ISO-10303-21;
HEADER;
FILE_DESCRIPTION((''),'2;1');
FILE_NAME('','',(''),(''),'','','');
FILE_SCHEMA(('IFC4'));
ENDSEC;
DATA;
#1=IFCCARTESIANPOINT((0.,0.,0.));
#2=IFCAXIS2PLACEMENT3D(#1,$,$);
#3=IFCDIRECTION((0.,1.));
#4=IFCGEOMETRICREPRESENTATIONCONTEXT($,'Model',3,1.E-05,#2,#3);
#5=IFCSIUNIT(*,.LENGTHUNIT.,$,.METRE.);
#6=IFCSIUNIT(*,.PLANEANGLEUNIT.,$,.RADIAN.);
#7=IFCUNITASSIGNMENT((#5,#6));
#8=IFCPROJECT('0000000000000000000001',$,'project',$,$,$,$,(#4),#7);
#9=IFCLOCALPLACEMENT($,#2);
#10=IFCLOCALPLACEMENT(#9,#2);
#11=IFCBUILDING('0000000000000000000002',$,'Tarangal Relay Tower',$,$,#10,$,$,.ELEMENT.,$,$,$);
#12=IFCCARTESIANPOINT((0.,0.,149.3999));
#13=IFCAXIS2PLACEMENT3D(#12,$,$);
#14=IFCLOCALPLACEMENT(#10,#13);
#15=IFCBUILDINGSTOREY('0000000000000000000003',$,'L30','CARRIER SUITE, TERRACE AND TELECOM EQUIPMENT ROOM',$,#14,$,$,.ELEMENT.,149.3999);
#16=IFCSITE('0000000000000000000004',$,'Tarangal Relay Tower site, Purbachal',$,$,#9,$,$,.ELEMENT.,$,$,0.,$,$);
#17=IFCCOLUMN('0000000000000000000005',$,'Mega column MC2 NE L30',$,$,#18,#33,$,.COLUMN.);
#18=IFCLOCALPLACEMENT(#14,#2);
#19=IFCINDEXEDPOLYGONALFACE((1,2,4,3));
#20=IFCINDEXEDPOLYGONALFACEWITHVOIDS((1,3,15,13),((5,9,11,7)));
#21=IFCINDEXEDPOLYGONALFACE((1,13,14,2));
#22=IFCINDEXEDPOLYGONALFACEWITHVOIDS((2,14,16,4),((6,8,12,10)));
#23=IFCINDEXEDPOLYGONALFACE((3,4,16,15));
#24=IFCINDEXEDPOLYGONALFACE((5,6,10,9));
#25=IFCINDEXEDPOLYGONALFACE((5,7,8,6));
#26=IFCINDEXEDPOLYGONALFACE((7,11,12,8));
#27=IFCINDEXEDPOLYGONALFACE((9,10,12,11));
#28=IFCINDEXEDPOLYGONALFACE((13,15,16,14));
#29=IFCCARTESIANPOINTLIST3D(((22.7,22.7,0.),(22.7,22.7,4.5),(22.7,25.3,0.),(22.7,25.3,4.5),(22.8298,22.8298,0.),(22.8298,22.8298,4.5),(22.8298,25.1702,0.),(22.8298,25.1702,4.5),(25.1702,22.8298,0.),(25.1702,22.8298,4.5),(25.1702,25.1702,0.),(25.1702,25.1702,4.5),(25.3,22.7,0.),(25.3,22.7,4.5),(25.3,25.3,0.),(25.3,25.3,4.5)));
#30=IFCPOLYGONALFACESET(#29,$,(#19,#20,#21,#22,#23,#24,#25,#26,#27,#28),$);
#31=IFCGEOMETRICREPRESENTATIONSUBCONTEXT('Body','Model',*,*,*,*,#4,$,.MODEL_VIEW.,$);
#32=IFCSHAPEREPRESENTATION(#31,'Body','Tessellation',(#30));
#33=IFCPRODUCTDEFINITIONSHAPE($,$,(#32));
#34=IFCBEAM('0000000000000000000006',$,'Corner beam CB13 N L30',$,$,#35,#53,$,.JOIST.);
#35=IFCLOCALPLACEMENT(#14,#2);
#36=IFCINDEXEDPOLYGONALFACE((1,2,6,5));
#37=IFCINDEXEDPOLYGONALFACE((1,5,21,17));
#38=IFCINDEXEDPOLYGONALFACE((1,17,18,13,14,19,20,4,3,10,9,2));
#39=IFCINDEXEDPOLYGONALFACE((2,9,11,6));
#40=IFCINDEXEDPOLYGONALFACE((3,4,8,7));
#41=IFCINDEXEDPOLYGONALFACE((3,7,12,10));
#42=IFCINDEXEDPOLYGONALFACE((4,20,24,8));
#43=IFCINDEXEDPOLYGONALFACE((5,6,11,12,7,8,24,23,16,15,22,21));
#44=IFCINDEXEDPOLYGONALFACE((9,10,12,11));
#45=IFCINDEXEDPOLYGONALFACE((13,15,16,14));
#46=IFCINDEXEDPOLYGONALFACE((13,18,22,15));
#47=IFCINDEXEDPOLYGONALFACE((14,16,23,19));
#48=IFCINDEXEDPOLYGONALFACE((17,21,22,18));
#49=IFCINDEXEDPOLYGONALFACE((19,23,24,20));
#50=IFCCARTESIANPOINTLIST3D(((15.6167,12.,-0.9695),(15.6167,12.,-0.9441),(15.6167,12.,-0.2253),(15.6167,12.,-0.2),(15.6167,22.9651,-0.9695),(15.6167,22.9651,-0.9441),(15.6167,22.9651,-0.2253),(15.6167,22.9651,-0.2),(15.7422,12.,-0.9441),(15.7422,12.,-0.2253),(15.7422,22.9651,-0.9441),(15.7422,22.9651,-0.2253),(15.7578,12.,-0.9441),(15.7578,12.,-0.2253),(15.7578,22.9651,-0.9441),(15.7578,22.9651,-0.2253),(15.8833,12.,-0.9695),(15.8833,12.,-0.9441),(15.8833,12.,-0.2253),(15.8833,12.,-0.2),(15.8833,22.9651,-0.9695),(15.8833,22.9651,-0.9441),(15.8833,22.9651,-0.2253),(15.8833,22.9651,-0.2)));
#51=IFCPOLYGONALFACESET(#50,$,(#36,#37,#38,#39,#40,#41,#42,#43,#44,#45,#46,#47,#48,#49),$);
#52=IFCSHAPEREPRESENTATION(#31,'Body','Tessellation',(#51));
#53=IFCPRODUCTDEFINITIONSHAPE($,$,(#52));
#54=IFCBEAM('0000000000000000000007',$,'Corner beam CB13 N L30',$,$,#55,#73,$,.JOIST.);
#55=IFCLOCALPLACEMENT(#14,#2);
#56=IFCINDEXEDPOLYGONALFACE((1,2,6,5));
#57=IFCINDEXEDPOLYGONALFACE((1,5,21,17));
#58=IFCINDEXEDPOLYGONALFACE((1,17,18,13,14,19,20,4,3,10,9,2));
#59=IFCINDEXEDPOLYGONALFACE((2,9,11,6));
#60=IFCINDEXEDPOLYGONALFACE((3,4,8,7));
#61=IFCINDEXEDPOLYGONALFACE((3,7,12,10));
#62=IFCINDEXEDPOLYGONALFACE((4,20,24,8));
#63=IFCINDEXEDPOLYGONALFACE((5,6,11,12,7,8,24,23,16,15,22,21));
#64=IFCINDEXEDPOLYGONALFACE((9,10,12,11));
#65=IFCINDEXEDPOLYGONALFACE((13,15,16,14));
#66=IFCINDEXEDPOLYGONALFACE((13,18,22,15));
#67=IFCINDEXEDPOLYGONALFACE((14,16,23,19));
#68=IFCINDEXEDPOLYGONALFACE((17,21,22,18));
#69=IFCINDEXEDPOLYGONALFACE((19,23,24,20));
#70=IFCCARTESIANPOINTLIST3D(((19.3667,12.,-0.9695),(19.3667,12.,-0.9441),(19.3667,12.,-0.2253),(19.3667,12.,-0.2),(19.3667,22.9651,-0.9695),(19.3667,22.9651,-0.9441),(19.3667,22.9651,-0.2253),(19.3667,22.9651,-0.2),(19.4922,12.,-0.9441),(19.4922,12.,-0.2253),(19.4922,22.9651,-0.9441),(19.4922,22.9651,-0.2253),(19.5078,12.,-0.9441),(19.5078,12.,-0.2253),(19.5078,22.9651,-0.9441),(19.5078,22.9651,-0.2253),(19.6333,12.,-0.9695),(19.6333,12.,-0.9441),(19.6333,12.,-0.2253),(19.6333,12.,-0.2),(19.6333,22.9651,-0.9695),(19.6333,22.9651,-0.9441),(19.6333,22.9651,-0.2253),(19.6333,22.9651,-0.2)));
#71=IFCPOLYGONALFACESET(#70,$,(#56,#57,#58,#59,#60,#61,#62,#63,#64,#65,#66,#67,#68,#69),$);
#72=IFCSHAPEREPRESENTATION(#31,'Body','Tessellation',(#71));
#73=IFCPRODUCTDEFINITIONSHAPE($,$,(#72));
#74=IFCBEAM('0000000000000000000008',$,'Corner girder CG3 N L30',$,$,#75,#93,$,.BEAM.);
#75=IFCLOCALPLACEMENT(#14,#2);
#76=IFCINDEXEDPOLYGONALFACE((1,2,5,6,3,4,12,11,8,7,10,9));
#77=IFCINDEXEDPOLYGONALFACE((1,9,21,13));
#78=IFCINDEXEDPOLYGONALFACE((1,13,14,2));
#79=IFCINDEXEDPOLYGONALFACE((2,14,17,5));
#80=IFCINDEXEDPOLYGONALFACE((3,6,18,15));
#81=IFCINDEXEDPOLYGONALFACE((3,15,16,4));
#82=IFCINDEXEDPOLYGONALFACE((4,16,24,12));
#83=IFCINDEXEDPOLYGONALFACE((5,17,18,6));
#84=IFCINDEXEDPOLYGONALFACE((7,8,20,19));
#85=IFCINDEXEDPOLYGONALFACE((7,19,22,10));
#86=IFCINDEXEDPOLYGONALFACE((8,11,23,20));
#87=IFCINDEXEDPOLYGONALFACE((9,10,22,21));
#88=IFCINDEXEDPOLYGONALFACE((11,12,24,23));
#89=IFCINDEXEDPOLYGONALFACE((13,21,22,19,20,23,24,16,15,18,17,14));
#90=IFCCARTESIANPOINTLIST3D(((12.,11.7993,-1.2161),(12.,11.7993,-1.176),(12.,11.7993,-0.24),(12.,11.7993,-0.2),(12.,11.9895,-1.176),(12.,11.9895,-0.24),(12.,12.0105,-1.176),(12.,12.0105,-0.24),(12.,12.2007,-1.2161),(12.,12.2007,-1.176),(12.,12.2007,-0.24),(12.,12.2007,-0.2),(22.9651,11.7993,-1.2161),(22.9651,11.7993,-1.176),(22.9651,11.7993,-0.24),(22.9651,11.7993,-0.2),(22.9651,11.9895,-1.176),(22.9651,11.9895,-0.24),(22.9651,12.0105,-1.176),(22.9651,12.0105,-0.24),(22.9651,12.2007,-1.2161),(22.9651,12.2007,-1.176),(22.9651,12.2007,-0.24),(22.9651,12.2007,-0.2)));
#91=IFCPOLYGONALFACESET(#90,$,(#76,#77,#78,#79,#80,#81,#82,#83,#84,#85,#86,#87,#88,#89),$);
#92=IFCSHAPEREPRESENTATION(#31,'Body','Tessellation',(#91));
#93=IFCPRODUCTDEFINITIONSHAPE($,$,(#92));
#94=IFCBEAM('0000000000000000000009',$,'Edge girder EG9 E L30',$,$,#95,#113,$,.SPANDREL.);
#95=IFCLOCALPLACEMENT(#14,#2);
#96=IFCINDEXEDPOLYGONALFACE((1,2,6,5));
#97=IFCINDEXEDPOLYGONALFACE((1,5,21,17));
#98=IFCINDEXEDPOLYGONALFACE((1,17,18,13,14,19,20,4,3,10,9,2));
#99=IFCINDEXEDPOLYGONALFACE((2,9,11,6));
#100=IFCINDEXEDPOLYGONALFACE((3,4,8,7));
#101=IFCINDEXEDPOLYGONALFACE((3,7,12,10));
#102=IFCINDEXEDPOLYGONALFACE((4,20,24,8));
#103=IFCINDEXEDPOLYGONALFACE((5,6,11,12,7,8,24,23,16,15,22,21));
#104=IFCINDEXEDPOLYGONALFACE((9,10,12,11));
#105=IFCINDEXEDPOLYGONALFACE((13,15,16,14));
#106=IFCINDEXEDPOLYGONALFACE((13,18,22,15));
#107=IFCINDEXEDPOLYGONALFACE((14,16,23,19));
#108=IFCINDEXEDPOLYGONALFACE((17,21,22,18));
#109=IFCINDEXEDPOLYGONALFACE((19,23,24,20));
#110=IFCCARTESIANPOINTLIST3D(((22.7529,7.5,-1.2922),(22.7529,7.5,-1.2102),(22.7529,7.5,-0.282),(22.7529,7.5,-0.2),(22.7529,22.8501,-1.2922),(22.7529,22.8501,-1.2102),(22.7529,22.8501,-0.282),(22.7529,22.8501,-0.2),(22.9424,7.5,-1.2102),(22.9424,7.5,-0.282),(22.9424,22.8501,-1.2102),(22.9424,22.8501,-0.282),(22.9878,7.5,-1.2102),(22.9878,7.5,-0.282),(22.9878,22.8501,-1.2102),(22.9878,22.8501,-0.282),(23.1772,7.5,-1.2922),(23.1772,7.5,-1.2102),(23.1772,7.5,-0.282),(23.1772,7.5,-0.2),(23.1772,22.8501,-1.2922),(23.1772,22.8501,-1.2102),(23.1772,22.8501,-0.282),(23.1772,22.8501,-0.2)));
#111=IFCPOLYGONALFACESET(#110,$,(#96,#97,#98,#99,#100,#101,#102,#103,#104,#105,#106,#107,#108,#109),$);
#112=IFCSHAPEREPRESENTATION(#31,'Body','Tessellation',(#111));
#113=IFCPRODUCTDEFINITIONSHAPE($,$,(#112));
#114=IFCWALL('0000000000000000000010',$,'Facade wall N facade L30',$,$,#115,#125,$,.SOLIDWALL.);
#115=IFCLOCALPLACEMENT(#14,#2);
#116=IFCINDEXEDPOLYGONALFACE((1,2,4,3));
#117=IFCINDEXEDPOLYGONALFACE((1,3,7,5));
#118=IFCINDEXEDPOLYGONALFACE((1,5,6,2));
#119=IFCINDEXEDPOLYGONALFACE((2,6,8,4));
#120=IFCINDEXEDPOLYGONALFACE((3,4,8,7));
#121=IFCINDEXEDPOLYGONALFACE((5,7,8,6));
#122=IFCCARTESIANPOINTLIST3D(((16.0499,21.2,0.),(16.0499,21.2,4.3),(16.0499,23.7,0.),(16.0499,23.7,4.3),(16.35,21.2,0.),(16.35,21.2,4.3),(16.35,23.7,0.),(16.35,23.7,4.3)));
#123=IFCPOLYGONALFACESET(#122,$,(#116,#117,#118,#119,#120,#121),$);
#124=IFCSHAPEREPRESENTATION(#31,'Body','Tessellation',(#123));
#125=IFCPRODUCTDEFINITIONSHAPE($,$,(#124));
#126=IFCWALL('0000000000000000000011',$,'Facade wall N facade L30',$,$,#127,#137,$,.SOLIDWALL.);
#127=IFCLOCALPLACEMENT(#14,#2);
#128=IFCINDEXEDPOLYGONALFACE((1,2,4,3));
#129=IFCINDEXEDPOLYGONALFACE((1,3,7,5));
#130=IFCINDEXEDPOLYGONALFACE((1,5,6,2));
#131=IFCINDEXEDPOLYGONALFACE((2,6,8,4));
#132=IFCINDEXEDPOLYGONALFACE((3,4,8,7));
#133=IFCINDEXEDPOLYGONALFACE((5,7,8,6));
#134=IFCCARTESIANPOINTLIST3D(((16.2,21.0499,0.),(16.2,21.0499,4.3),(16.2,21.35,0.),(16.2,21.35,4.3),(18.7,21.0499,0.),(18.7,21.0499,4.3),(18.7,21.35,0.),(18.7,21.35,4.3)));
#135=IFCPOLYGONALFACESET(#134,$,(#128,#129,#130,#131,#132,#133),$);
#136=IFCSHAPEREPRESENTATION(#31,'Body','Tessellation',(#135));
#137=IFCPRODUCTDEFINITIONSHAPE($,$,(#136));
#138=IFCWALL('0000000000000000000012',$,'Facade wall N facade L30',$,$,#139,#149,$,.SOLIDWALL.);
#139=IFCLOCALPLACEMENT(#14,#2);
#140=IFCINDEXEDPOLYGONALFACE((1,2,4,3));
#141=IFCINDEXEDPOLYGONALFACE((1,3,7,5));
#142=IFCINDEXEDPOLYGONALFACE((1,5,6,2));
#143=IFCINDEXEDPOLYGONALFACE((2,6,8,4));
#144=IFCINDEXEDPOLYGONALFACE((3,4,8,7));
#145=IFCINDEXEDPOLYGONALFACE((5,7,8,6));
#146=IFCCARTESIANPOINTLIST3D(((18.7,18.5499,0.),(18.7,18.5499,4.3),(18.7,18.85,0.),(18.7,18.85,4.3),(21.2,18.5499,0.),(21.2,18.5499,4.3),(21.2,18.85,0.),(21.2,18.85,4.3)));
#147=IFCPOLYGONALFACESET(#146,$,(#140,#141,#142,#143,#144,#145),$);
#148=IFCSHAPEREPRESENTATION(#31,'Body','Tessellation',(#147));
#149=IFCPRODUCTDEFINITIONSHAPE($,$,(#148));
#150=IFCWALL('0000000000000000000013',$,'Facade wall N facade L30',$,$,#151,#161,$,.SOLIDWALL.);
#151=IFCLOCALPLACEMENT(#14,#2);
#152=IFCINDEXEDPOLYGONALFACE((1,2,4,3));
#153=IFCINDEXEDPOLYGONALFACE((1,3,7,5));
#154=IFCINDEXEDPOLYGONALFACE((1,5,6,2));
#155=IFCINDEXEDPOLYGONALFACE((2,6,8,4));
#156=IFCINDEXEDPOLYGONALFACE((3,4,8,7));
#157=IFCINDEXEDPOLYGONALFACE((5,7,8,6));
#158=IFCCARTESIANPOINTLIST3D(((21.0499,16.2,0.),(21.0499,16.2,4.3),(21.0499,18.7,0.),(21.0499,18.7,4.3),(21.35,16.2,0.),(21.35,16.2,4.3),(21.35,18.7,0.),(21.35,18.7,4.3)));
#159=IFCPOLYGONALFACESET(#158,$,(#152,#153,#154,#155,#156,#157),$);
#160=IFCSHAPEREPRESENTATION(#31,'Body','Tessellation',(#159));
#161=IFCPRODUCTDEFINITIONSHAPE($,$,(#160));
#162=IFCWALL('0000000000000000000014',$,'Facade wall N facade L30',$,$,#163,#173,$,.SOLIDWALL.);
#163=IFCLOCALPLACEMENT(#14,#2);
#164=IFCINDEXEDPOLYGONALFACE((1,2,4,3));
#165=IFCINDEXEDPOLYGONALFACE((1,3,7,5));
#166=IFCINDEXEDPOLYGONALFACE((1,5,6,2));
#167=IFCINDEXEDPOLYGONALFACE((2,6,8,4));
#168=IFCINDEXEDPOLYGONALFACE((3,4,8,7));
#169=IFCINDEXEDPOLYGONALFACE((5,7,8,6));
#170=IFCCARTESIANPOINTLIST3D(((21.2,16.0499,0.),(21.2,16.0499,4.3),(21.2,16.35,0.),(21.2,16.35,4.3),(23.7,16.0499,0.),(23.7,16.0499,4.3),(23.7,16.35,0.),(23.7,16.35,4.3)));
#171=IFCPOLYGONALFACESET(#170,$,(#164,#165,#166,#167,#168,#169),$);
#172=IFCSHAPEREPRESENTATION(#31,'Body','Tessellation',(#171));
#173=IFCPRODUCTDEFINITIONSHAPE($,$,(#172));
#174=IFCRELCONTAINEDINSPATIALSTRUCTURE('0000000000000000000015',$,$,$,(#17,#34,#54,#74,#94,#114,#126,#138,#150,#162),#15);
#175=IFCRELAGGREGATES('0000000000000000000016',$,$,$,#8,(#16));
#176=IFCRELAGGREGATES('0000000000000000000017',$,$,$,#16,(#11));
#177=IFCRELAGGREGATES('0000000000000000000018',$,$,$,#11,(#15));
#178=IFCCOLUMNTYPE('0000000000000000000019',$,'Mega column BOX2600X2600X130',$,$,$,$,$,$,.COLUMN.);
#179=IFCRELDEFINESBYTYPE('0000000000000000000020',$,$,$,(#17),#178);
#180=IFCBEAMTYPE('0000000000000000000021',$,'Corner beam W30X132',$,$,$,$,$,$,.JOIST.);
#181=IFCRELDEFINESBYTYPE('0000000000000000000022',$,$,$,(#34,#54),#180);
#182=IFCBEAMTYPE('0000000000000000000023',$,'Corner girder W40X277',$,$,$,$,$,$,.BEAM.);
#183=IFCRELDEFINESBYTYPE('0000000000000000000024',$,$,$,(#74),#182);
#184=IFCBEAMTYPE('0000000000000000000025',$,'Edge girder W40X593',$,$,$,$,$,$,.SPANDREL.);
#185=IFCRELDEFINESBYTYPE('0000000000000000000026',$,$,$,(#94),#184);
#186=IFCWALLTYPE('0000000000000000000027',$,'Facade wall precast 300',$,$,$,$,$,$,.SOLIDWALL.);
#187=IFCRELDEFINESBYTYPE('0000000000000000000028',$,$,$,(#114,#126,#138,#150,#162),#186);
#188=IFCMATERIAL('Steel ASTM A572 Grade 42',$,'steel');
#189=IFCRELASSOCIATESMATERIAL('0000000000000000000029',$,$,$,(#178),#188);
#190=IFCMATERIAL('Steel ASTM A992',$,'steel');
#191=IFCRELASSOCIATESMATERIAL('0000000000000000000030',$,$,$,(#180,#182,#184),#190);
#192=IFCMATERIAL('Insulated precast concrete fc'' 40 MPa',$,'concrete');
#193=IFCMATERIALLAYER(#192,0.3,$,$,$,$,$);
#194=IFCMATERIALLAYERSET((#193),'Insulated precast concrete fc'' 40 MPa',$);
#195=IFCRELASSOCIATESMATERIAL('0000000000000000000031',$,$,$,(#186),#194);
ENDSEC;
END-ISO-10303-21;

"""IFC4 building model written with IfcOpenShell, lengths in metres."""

from ifc_helpers import new_model, si_unit, direction, frame, frame_2d, origin, origin_2d, place, context, subcontext, project, spatial, rectangle, hollow_rectangle, i_section, extrude, material, layer, layer_set, material_profile, profile_set, type_object, element, save


model = new_model("IFC4")

# Units and contexts
model_context = context("Model", 3, precision=1e-05, world=origin(), true_north=direction((0.0, 1.0)))
body_context = subcontext(model_context, "Body", "Model", "MODEL_VIEW")
ifc_project = project(units=[si_unit("LENGTHUNIT", "METRE"), si_unit("PLANEANGLEUNIT", "RADIAN")], contexts=[model_context])

# Site, building, storey
site_placement = place(None, origin())
site = spatial("IfcSite", under=ifc_project, at=site_placement, Name="Tarangal Relay Tower site, Purbachal", CompositionType="ELEMENT", RefElevation=0.0)
building_placement = place(site_placement, origin())
building = spatial("IfcBuilding", under=site, at=building_placement, Name="Tarangal Relay Tower", CompositionType="ELEMENT")
storey_placement = place(building_placement, frame((0.0, 0.0, 149.3999)))
storey = spatial("IfcBuildingStorey", under=building, at=storey_placement, Name="L30", Description="CARRIER SUITE, TERRACE AND TELECOM EQUIPMENT ROOM", CompositionType="ELEMENT", Elevation=149.3999)

# Column
ifc_material_1 = material(Name="Steel ASTM A572 Grade 42", Category="steel")
ifc_material_profile_1 = material_profile(ifc_material_1, hollow_rectangle(XDim=2.6001, YDim=2.6001, WallThickness=0.1299, at=origin_2d()), Name="BOX2600X2600X130")
ifc_profile_set_1 = profile_set([ifc_material_profile_1], Name="Steel ASTM A572 Grade 42")
column_type = type_object("IfcColumnType", Name="Mega column BOX2600X2600X130", PredefinedType="COLUMN", material=ifc_profile_set_1)
column_placement = place(storey_placement, frame((24.0, 24.0, 0.0), z_axis=(0.0, 0.0, 1.0), x_axis=(1.0, 0.0, 0.0)))
element("IfcColumn", 1, at=column_placement, inside=storey, type_object=column_type, Name="Mega column MC2 NE L30", PredefinedType="COLUMN", context=body_context, shape_type="SweptSolid", body=[
    extrude(hollow_rectangle(XDim=2.6001, YDim=2.6001, WallThickness=0.1299, at=origin_2d()), origin(), (0.0, 0.0, 1.0), 4.5),
])

# Beams
ifc_material_2 = material(Name="Steel ASTM A992", Category="steel")
ifc_material_profile_2 = material_profile(ifc_material_2, i_section(OverallWidth=0.2666, OverallDepth=0.7695, WebThickness=0.0156, FlangeThickness=0.0254, at=origin_2d()), Name="W30X132")
ifc_profile_set_2 = profile_set([ifc_material_profile_2], Name="Steel ASTM A992")
beam_type_1 = type_object("IfcBeamType", Name="Corner beam W30X132", PredefinedType="JOIST", material=ifc_profile_set_2)
for number, where, z_axis, x_axis, name in (
    (2, (15.75, 12.0, -0.5847), (0.0, 1.0, 0.0), (-1.0, 0.0, 0.0), "Corner beam CB13 N L30"),
    (3, (19.5, 12.0, -0.5847), (0.0, 1.0, 0.0), (-1.0, 0.0, 0.0), "Corner beam CB13 N L30"),
):
    element("IfcBeam", number, at=place(storey_placement, frame(where, z_axis=z_axis, x_axis=x_axis)), inside=storey, type_object=beam_type_1, Name=name, PredefinedType="JOIST", context=body_context, shape_type="SweptSolid", body=[
        extrude(i_section(OverallWidth=0.2666, OverallDepth=0.7695, WebThickness=0.0156, FlangeThickness=0.0254, at=origin_2d()), origin(), (0.0, 0.0, 1.0), 10.9651),
    ])
ifc_material_profile_3 = material_profile(ifc_material_2, i_section(OverallWidth=0.4014, OverallDepth=1.0161, WebThickness=0.021, FlangeThickness=0.04, at=origin_2d()), Name="W40X277")
ifc_profile_set_3 = profile_set([ifc_material_profile_3], Name="Steel ASTM A992")
beam_type_2 = type_object("IfcBeamType", Name="Corner girder W40X277", PredefinedType="BEAM", material=ifc_profile_set_3)
beam_1_placement = place(storey_placement, frame((12.0, 12.0, -0.708), z_axis=(1.0, 0.0, 0.0), x_axis=(0.0, 1.0, 0.0)))
element("IfcBeam", 4, at=beam_1_placement, inside=storey, type_object=beam_type_2, Name="Corner girder CG3 N L30", PredefinedType="BEAM", context=body_context, shape_type="SweptSolid", body=[
    extrude(i_section(OverallWidth=0.4014, OverallDepth=1.0161, WebThickness=0.021, FlangeThickness=0.04, at=origin_2d()), origin(), (0.0, 0.0, 1.0), 10.9651),
])
ifc_material_profile_4 = material_profile(ifc_material_2, i_section(OverallWidth=0.4243, OverallDepth=1.0923, WebThickness=0.0454, FlangeThickness=0.082, at=origin_2d()), Name="W40X593")
ifc_profile_set_4 = profile_set([ifc_material_profile_4], Name="Steel ASTM A992")
beam_type_3 = type_object("IfcBeamType", Name="Edge girder W40X593", PredefinedType="SPANDREL", material=ifc_profile_set_4)
beam_2_placement = place(storey_placement, frame((22.9651, 22.8501, -0.7461), z_axis=(0.0, -1.0, 0.0), x_axis=(1.0, 0.0, 0.0)))
element("IfcBeam", 5, at=beam_2_placement, inside=storey, type_object=beam_type_3, Name="Edge girder EG9 E L30", PredefinedType="SPANDREL", context=body_context, shape_type="SweptSolid", body=[
    extrude(i_section(OverallWidth=0.4243, OverallDepth=1.0923, WebThickness=0.0454, FlangeThickness=0.082, at=origin_2d()), origin(), (0.0, 0.0, 1.0), 15.3501),
])

# Walls
ifc_material_3 = material(Name="Insulated precast concrete fc' 40 MPa", Category="concrete")
ifc_layer_1 = layer(ifc_material_3, 0.3)
ifc_layer_set_1 = layer_set([ifc_layer_1], Name="Insulated precast concrete fc' 40 MPa")
wall_type_1 = type_object("IfcWallType", Name="Facade wall precast 300", PredefinedType="SOLIDWALL", material=ifc_layer_set_1)
for number, where, z_axis, x_axis, name in (
    (6, (16.2, 23.7, 0.0), (0.0, 0.0, 1.0), (0.0, -1.0, 0.0), "Facade wall N facade L30"),
    (7, (16.2, 21.2, 0.0), (0.0, 0.0, 1.0), (1.0, 0.0, 0.0), "Facade wall N facade L30"),
):
    element("IfcWall", number, at=place(storey_placement, frame(where, z_axis=z_axis, x_axis=x_axis)), inside=storey, type_object=wall_type_1, Name=name, PredefinedType="SOLIDWALL", context=body_context, shape_type="SweptSolid", body=[
        extrude(rectangle(XDim=2.5, YDim=0.3, at=frame_2d((1.25, 0.0))), origin(), (0.0, 0.0, 1.0), 4.3),
    ])

# Walls
for number, where, z_axis, x_axis, name in (
    (8, (18.7, 18.7, 0.0), (0.0, 0.0, 1.0), (1.0, 0.0, 0.0), "Facade wall N facade L30"),
    (9, (21.2, 18.7, 0.0), (0.0, 0.0, 1.0), (0.0, -1.0, 0.0), "Facade wall N facade L30"),
    (10, (21.2, 16.2, 0.0), (0.0, 0.0, 1.0), (1.0, 0.0, 0.0), "Facade wall N facade L30"),
):
    element("IfcWall", number, at=place(storey_placement, frame(where, z_axis=z_axis, x_axis=x_axis)), inside=storey, type_object=wall_type_1, Name=name, PredefinedType="SOLIDWALL", context=body_context, shape_type="SweptSolid", body=[
        extrude(rectangle(XDim=2.5, YDim=0.3, at=frame_2d((1.25, 0.0))), origin(), (0.0, 0.0, 1.0), 4.3),
    ])

save(model, "model.ifc")
